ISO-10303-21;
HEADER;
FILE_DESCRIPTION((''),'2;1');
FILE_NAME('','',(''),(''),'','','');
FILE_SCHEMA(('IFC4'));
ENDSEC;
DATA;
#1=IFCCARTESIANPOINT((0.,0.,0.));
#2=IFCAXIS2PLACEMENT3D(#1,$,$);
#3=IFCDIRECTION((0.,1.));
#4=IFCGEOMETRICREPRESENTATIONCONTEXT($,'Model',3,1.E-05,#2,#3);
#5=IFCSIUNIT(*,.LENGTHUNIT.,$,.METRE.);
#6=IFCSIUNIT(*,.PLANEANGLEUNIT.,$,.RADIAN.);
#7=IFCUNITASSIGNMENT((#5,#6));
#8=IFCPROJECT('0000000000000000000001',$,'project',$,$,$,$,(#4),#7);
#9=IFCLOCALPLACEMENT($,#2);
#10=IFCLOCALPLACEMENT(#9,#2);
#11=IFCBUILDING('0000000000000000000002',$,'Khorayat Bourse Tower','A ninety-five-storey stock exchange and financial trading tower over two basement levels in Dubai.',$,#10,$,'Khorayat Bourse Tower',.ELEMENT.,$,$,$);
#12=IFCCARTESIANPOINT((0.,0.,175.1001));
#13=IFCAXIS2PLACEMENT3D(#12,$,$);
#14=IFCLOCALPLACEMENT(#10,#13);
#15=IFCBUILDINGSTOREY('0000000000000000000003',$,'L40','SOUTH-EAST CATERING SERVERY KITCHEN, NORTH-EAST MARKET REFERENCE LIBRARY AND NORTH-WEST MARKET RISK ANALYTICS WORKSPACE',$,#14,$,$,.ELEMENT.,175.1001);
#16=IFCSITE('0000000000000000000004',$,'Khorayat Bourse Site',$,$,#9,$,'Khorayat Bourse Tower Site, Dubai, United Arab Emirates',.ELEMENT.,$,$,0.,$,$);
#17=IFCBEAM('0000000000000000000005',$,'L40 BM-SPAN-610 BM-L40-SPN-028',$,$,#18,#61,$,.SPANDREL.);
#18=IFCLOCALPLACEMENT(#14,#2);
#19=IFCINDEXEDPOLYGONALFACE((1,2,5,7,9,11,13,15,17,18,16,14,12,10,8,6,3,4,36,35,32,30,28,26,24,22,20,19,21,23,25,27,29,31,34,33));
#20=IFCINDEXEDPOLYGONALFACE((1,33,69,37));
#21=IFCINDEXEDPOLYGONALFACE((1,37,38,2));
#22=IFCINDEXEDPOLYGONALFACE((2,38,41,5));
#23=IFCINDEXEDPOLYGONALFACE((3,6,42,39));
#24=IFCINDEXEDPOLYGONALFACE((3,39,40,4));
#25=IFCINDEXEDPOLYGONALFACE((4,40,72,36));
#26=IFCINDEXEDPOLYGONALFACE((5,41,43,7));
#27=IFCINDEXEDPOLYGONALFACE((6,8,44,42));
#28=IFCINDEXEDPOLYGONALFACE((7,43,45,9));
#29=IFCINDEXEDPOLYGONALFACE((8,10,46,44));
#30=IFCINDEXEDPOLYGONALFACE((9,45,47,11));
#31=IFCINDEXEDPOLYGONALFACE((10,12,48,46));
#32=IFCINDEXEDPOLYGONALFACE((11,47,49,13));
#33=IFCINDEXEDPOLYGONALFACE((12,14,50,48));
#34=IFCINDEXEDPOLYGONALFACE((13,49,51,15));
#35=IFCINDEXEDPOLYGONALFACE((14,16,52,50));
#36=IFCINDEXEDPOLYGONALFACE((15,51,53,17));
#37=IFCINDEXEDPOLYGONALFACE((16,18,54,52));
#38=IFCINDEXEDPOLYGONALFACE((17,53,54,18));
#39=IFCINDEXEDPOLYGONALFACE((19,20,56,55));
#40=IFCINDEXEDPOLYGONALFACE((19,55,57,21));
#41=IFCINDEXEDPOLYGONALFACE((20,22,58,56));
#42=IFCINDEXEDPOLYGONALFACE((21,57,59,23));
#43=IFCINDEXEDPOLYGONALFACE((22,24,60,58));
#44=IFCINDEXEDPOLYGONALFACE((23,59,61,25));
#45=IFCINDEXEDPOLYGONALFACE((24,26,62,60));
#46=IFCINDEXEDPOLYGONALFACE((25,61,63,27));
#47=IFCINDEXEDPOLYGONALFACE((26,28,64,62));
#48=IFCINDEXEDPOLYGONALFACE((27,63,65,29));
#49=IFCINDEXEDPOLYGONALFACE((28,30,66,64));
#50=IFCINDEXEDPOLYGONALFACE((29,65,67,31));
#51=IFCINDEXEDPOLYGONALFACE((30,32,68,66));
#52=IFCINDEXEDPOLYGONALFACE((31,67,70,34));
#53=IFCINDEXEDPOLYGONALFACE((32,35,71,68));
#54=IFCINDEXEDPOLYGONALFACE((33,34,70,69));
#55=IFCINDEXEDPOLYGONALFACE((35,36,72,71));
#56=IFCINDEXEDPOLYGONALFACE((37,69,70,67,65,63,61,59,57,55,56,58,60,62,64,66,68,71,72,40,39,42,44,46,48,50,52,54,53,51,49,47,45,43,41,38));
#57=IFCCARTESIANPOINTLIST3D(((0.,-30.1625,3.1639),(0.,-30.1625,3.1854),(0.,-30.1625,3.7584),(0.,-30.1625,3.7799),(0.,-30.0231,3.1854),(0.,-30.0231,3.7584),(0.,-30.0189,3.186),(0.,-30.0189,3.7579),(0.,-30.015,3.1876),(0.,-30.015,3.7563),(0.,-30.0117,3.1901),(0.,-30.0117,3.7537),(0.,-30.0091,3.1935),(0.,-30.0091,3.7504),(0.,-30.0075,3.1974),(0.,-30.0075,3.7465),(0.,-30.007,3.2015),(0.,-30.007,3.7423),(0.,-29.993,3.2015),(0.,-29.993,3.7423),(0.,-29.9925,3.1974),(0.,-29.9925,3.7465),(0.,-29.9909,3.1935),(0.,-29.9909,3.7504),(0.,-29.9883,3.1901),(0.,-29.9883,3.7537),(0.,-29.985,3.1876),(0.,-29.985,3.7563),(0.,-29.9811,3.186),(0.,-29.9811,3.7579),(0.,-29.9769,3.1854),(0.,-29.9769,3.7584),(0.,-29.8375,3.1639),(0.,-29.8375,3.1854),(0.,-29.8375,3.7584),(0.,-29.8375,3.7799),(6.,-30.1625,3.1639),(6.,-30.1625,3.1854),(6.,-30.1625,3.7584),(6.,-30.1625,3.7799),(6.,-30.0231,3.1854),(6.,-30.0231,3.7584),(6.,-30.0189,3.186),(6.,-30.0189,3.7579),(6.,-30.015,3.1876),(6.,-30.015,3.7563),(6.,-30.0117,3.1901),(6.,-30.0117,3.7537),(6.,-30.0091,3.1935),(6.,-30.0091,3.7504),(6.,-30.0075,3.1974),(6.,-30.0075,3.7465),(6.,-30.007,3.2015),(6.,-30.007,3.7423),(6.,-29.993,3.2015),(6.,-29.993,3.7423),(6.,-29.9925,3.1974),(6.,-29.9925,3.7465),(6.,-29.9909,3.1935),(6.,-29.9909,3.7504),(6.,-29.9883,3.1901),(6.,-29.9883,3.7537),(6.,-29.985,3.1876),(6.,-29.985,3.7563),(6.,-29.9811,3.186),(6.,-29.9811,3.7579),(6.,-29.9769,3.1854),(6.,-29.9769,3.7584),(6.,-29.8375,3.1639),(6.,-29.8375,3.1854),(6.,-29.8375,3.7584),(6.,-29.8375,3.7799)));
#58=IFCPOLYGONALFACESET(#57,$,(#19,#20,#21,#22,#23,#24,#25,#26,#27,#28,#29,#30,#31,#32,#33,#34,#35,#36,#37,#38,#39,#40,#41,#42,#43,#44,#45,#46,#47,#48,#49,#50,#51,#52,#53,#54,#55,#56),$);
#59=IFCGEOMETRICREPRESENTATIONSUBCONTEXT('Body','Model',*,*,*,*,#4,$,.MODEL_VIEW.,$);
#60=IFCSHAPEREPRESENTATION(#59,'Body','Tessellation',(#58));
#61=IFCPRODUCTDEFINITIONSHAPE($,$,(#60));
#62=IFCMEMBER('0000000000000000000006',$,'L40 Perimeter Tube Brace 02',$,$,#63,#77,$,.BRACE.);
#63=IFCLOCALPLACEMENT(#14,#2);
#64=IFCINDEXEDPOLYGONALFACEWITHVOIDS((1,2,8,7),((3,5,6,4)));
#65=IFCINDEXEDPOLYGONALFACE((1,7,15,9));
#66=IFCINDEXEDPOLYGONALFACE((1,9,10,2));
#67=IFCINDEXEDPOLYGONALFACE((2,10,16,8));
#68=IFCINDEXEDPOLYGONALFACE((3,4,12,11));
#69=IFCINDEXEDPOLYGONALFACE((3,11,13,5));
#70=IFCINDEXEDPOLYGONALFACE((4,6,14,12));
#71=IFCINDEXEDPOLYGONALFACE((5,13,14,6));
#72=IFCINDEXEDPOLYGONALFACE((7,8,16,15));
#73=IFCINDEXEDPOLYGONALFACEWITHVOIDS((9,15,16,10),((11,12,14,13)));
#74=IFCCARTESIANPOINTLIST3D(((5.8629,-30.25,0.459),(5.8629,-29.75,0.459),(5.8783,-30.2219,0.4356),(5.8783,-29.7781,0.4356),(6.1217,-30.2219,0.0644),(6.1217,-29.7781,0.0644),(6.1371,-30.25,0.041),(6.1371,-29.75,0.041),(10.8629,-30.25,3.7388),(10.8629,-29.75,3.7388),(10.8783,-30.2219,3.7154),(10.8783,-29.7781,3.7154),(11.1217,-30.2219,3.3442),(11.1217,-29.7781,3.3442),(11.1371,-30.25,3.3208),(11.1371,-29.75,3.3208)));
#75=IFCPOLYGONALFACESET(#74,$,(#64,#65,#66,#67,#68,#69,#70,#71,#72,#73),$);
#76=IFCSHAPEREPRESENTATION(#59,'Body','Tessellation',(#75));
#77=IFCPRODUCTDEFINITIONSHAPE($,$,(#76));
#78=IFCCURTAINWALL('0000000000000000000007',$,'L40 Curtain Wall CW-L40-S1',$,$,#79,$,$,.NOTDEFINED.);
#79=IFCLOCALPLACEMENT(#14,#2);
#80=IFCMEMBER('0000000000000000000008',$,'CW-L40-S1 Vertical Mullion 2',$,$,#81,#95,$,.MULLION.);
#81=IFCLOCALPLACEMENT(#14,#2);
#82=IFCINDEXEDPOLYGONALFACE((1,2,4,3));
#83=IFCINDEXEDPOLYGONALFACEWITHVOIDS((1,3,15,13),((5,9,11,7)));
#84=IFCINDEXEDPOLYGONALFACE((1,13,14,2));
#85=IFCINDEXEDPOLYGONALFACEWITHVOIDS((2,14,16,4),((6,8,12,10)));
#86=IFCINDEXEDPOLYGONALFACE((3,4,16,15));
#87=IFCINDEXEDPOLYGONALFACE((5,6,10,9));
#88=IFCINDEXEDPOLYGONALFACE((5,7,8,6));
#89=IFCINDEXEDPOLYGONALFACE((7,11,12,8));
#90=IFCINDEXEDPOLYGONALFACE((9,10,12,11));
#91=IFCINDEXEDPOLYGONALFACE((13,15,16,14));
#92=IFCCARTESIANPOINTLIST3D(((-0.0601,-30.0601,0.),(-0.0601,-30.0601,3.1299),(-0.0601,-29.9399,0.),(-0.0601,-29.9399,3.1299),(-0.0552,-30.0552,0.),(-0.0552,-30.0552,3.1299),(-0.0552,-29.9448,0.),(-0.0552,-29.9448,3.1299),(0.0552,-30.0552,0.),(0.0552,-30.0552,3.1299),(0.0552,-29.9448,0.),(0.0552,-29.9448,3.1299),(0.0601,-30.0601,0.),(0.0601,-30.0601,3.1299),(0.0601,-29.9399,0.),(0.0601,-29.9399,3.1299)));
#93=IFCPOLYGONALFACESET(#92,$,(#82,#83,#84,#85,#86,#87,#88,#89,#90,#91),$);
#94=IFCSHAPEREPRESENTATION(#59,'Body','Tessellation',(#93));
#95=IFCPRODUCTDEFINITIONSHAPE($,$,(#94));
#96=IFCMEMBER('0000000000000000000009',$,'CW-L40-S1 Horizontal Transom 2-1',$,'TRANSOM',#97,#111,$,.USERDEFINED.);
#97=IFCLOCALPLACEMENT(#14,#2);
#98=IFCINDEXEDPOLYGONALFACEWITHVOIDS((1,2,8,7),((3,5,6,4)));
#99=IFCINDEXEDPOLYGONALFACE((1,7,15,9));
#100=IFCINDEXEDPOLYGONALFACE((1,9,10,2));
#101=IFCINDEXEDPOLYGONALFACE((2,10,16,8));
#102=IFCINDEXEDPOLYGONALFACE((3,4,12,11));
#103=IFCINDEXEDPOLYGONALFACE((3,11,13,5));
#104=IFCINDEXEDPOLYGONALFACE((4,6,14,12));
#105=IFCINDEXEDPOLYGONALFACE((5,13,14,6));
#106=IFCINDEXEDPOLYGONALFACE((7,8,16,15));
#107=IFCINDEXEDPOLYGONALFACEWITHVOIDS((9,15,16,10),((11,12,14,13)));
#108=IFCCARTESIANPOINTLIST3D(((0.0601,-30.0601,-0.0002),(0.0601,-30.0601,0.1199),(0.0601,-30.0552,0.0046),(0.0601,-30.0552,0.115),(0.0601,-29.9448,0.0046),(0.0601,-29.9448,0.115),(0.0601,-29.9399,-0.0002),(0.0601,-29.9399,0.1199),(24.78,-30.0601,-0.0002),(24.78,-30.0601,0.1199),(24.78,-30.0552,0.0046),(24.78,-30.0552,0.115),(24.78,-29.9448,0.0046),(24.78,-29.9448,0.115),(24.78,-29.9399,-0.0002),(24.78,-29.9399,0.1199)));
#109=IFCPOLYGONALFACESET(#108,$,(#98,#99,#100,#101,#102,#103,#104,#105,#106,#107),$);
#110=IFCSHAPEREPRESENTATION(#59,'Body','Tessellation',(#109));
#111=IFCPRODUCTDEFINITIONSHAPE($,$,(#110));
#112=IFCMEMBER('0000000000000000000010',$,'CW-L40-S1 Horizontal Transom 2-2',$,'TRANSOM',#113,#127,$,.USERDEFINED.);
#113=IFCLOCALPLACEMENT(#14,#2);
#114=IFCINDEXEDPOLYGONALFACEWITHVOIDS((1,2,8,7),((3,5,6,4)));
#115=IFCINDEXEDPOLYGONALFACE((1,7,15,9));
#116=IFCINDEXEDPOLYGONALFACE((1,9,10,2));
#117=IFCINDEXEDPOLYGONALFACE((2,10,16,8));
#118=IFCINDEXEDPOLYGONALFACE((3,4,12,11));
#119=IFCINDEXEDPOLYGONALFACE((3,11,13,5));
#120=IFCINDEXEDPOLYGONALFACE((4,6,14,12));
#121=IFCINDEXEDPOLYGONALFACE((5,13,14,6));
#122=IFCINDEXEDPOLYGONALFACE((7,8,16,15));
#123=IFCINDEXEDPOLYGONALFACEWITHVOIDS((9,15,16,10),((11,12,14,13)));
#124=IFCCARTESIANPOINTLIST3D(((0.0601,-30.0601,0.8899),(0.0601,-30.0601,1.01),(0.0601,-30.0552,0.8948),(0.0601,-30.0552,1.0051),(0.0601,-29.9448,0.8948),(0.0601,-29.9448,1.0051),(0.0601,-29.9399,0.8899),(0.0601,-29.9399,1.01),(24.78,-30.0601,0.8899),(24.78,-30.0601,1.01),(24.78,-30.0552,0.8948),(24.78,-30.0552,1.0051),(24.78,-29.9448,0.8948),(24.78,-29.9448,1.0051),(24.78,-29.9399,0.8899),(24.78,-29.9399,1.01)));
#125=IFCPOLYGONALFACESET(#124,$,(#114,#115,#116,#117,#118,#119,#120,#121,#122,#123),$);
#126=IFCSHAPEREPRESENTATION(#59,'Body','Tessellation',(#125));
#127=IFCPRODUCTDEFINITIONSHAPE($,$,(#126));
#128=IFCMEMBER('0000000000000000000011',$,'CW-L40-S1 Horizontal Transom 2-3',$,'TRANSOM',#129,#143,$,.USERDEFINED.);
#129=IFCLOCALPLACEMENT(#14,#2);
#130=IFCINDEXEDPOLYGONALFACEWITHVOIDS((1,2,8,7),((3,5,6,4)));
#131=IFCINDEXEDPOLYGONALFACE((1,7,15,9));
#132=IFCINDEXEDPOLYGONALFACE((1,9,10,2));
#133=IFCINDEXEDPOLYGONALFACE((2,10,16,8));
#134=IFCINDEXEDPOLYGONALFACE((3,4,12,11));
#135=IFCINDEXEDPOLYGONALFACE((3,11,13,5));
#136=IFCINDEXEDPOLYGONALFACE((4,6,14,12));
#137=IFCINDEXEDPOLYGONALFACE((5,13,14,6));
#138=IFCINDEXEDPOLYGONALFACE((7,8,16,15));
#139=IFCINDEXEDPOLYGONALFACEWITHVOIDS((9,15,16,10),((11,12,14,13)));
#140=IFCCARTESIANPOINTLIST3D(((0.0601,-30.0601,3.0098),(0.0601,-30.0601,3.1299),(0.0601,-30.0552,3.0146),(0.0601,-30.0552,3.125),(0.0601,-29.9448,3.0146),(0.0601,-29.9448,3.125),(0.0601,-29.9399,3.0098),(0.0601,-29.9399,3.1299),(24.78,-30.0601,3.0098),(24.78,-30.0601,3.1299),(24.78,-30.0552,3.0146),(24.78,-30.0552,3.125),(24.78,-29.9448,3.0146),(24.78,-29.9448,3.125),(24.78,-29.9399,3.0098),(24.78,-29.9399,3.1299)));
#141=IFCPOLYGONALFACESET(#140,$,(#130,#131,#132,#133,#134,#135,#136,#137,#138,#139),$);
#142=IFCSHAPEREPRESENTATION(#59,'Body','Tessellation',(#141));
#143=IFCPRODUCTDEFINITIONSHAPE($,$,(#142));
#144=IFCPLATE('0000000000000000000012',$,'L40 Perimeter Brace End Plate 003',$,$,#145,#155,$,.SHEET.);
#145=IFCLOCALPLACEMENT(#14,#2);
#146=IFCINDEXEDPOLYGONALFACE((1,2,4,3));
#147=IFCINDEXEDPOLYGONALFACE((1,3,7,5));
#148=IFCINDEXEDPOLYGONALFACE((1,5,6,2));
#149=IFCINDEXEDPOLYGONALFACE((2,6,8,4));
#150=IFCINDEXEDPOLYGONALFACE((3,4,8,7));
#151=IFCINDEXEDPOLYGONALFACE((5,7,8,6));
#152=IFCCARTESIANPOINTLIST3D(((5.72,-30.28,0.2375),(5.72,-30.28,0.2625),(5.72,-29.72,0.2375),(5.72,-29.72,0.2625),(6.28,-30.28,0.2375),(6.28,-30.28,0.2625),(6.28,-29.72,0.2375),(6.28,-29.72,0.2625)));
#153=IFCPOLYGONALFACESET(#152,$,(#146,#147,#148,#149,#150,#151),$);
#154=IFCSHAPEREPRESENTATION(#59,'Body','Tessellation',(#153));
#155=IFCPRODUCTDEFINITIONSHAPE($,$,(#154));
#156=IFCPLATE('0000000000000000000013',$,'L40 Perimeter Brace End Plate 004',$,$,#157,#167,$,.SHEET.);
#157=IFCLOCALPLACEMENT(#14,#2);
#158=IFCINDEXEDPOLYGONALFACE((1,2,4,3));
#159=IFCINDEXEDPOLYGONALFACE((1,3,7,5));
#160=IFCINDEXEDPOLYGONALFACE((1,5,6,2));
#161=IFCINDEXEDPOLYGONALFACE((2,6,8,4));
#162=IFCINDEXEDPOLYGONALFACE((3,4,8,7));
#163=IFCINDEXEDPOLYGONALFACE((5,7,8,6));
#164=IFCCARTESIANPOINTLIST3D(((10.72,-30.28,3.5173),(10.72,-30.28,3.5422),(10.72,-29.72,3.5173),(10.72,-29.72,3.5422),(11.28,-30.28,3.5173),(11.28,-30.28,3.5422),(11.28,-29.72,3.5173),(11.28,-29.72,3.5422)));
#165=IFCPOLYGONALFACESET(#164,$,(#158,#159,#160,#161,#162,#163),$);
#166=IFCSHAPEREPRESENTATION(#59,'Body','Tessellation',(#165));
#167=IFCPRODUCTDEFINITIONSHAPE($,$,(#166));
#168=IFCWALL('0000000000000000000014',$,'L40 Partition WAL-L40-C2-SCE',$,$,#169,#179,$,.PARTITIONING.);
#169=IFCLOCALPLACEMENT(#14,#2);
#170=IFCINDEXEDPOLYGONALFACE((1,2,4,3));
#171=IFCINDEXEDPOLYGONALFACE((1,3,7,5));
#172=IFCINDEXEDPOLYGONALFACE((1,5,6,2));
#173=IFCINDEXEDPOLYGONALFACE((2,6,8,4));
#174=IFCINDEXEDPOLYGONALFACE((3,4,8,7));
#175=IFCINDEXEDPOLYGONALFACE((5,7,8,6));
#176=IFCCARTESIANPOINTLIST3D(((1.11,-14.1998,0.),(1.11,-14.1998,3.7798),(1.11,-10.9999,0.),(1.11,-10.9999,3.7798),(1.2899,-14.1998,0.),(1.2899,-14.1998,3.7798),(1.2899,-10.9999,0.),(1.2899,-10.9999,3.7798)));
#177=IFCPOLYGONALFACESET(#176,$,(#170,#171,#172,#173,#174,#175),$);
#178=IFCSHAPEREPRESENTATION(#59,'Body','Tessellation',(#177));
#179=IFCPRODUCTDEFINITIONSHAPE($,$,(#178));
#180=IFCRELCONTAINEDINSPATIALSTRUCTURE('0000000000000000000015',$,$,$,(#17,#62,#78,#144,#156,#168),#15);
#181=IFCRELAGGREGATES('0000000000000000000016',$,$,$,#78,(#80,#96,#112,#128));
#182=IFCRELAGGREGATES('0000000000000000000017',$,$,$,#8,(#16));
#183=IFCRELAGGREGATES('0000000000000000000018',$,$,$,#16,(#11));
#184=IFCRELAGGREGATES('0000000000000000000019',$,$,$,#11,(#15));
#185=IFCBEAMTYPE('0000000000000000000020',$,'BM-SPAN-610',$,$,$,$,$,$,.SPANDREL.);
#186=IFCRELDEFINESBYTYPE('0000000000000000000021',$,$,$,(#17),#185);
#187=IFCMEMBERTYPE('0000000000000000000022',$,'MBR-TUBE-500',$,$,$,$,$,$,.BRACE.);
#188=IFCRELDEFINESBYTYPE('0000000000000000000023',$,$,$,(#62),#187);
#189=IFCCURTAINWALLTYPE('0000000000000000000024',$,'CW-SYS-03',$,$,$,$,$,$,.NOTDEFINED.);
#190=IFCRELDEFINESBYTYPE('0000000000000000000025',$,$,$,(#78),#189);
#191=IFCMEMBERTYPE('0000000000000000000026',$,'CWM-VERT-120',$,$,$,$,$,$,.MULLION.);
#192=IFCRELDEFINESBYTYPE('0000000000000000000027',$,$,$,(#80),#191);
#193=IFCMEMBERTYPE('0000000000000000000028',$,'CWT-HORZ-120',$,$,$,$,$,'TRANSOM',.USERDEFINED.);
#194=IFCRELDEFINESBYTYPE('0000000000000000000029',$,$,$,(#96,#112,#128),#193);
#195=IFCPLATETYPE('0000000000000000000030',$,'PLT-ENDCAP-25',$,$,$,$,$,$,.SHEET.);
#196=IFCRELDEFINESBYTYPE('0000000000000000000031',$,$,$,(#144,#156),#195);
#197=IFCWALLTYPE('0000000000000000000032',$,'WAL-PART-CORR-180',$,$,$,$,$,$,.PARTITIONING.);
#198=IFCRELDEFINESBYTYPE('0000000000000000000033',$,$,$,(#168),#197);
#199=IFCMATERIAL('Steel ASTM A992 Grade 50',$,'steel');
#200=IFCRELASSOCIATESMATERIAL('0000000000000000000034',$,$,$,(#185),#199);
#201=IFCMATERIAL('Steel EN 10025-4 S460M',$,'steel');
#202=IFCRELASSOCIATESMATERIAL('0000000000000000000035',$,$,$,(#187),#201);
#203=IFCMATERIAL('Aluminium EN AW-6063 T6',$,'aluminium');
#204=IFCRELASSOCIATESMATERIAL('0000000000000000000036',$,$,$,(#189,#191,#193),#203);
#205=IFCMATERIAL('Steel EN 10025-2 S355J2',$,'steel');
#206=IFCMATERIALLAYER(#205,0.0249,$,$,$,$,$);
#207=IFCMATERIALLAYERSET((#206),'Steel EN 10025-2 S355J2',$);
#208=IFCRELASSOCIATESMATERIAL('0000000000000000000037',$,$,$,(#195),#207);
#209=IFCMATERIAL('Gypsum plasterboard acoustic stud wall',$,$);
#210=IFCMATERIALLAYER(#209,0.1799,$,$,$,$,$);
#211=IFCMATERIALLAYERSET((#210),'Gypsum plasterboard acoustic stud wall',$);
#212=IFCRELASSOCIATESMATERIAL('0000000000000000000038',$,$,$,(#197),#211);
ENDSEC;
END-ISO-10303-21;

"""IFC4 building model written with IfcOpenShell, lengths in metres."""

from ifc_helpers import new_model, si_unit, direction, frame, frame_2d, origin, origin_2d, place, context, subcontext, project, spatial, rectangle, hollow_rectangle, i_section, extrude, source, transform, mapped, material, layer, layer_set, material_profile, profile_set, type_object, element, aggregate, save


model = new_model("IFC4")

# Units and contexts
model_context = context("Model", 3, precision=1e-05, world=origin(), true_north=direction((0.0, 1.0)))
body_context = subcontext(model_context, "Body", "Model", "MODEL_VIEW")
ifc_project = project(units=[si_unit("LENGTHUNIT", "METRE"), si_unit("PLANEANGLEUNIT", "RADIAN")], contexts=[model_context])

# Site, building, storey
site_placement = place(None, origin())
site = spatial("IfcSite", under=ifc_project, at=site_placement, Name="Khorayat Bourse Site", LongName="Khorayat Bourse Tower Site, Dubai, United Arab Emirates", CompositionType="ELEMENT", RefElevation=0.0)
building_placement = place(site_placement, origin())
building = spatial("IfcBuilding", under=site, at=building_placement, Name="Khorayat Bourse Tower", Description="A ninety-five-storey stock exchange and financial trading tower over two basement levels in Dubai.", LongName="Khorayat Bourse Tower", CompositionType="ELEMENT")
storey_placement = place(building_placement, frame((0.0, 0.0, 175.1001)))
storey = spatial("IfcBuildingStorey", under=building, at=storey_placement, Name="L40", Description="SOUTH-EAST CATERING SERVERY KITCHEN, NORTH-EAST MARKET REFERENCE LIBRARY AND NORTH-WEST MARKET RISK ANALYTICS WORKSPACE", CompositionType="ELEMENT", Elevation=175.1001)

# Shared definitions
ifc_material_1 = material(Name="Steel EN 10025-4 S460M", Category="steel")

# Beam
ifc_material_2 = material(Name="Steel ASTM A992 Grade 50", Category="steel")
ifc_material_profile_1 = material_profile(ifc_material_2, i_section(OverallWidth=0.325, OverallDepth=0.616, WebThickness=0.0139, FlangeThickness=0.0215, FilletRadius=0.0161, at=origin_2d()), Name="W610X174")
ifc_profile_set_1 = profile_set([ifc_material_profile_1], Name="Steel ASTM A992 Grade 50")
beam_type_1 = type_object("IfcBeamType", Name="BM-SPAN-610", PredefinedType="SPANDREL", material=ifc_profile_set_1)
shared_shape_1 = source(origin(), body_context, "Body", "SweptSolid", [
    extrude(i_section(OverallWidth=0.325, OverallDepth=0.616, WebThickness=0.0139, FlangeThickness=0.0215, FilletRadius=0.0161, at=origin_2d()), origin(), (0.0, 0.0, 1.0), 6.0),
])
beam_1_placement = place(storey_placement, frame((0.0, -30.0, 3.4719), z_axis=(1.0, 0.0, 0.0), x_axis=(0.0, 1.0, 0.0)))
element("IfcBeam", 1, at=beam_1_placement, inside=storey, type_object=beam_type_1, Name="L40 BM-SPAN-610 BM-L40-SPN-028", PredefinedType="SPANDREL", context=body_context, shape_type="MappedRepresentation", body=[
    mapped(shared_shape_1, transform((0.0, 0.0, 0.0), scale=1.0)),
])

# Member
ifc_material_profile_2 = material_profile(ifc_material_1, hollow_rectangle(XDim=0.5, YDim=0.5, WallThickness=0.0281, at=origin_2d()), Name="HSS 500x500x28")
ifc_profile_set_2 = profile_set([ifc_material_profile_2], Name="Steel EN 10025-4 S460M")
member_type_1 = type_object("IfcMemberType", Name="MBR-TUBE-500", PredefinedType="BRACE", material=ifc_profile_set_2)
shared_shape_2 = source(origin(), body_context, "Body", "SweptSolid", [
    extrude(hollow_rectangle(XDim=0.5, YDim=0.5, WallThickness=0.0281, at=origin_2d()), origin(), (0.0, 0.0, 1.0), 5.9797),
])
member_1_placement = place(storey_placement, frame((6.0, -30.0, 0.25), z_axis=(0.83616, 0.0, 0.548485), x_axis=(0.0, 1.0, 0.0)))
element("IfcMember", 2, at=member_1_placement, inside=storey, type_object=member_type_1, Name="L40 Perimeter Tube Brace 02", PredefinedType="BRACE", context=body_context, shape_type="MappedRepresentation", body=[
    mapped(shared_shape_2, transform((0.0, 0.0, 0.0), scale=1.0)),
])

# Curtain wall, members
ifc_material_3 = material(Name="Aluminium EN AW-6063 T6", Category="aluminium")
curtain_wall_type = type_object("IfcCurtainWallType", Name="CW-SYS-03", PredefinedType="NOTDEFINED", material=ifc_material_3)
curtain_wall_placement = place(storey_placement, origin())
curtain_wall = element("IfcCurtainWall", 3, at=curtain_wall_placement, inside=storey, type_object=curtain_wall_type, Name="L40 Curtain Wall CW-L40-S1", PredefinedType="NOTDEFINED")
ifc_material_profile_3 = material_profile(ifc_material_3, hollow_rectangle(XDim=0.1201, YDim=0.1201, WallThickness=0.0049, at=origin_2d()), Name="ALU 120x120x5")
ifc_profile_set_3 = profile_set([ifc_material_profile_3], Name="Aluminium EN AW-6063 T6")
member_type_2 = type_object("IfcMemberType", Name="CWM-VERT-120", PredefinedType="MULLION", material=ifc_profile_set_3)
shared_shape_3 = source(origin(), body_context, "Body", "SweptSolid", [
    extrude(hollow_rectangle(XDim=0.1201, YDim=0.1201, WallThickness=0.0049, at=origin_2d()), origin(), (0.0, 0.0, 1.0), 3.1299),
])
member_2_placement = place(storey_placement, frame((0.0, -30.0, 0.0), z_axis=(0.0, 0.0, 1.0), x_axis=(0.0, 1.0, 0.0)))
member_2 = element("IfcMember", 4, at=member_2_placement, type_object=member_type_2, Name="CW-L40-S1 Vertical Mullion 2", PredefinedType="MULLION", context=body_context, shape_type="MappedRepresentation", body=[
    mapped(shared_shape_3, transform((0.0, 0.0, 0.0), scale=1.0)),
])
ifc_material_profile_4 = material_profile(ifc_material_3, hollow_rectangle(XDim=0.1201, YDim=0.1201, WallThickness=0.0049, at=origin_2d()), Name="ALU 120x120x5")
ifc_profile_set_4 = profile_set([ifc_material_profile_4], Name="Aluminium EN AW-6063 T6")
member_type_3 = type_object("IfcMemberType", Name="CWT-HORZ-120", ElementType="TRANSOM", PredefinedType="USERDEFINED", material=ifc_profile_set_4)
shared_shape_4 = source(origin(), body_context, "Body", "SweptSolid", [
    extrude(hollow_rectangle(XDim=0.1201, YDim=0.1201, WallThickness=0.0049, at=origin_2d()), origin(), (0.0, 0.0, 1.0), 24.72),
])
member_3_placement = place(storey_placement, frame((0.0601, -30.0, 0.0598), z_axis=(1.0, 0.0, 0.0), x_axis=(0.0, 1.0, 0.0)))
member_3 = element("IfcMember", 5, at=member_3_placement, type_object=member_type_3, Name="CW-L40-S1 Horizontal Transom 2-1", ObjectType="TRANSOM", PredefinedType="USERDEFINED", context=body_context, shape_type="MappedRepresentation", body=[
    mapped(shared_shape_4, transform((0.0, 0.0, 0.0), scale=1.0)),
])
member_4_placement = place(storey_placement, frame((0.0601, -30.0, 0.95), z_axis=(1.0, 0.0, 0.0), x_axis=(0.0, 1.0, 0.0)))
member_4 = element("IfcMember", 6, at=member_4_placement, type_object=member_type_3, Name="CW-L40-S1 Horizontal Transom 2-2", ObjectType="TRANSOM", PredefinedType="USERDEFINED", context=body_context, shape_type="MappedRepresentation", body=[
    mapped(shared_shape_4, transform((0.0, 0.0, 0.0), scale=1.0)),
])
member_5_placement = place(storey_placement, frame((0.0601, -30.0, 3.0698), z_axis=(1.0, 0.0, 0.0), x_axis=(0.0, 1.0, 0.0)))
member_5 = element("IfcMember", 7, at=member_5_placement, type_object=member_type_3, Name="CW-L40-S1 Horizontal Transom 2-3", ObjectType="TRANSOM", PredefinedType="USERDEFINED", context=body_context, shape_type="MappedRepresentation", body=[
    mapped(shared_shape_4, transform((0.0, 0.0, 0.0), scale=1.0)),
])
aggregate(curtain_wall, [member_2, member_3, member_4, member_5])

# Plates
ifc_material_4 = material(Name="Steel EN 10025-2 S355J2", Category="steel")
ifc_layer_1 = layer(ifc_material_4, 0.0249)
ifc_layer_set_1 = layer_set([ifc_layer_1], Name="Steel EN 10025-2 S355J2")
plate_type = type_object("IfcPlateType", Name="PLT-ENDCAP-25", PredefinedType="SHEET", material=ifc_layer_set_1)
shared_shape_5 = source(origin(), body_context, "Body", "SweptSolid", [
    extrude(rectangle(XDim=0.5601, YDim=0.5601, at=origin_2d()), origin(), (0.0, 0.0, 1.0), 0.0249),
])
for number, where, z_axis, x_axis, name in (
    (8, (6.0, -30.0, 0.2375), (0.0, 0.0, 1.0), (1.0, 0.0, 0.0), "L40 Perimeter Brace End Plate 003"),
    (9, (11.0, -30.0, 3.5173), (0.0, 0.0, 1.0), (1.0, 0.0, 0.0), "L40 Perimeter Brace End Plate 004"),
):
    element("IfcPlate", number, at=place(storey_placement, frame(where, z_axis=z_axis, x_axis=x_axis)), inside=storey, type_object=plate_type, Name=name, PredefinedType="SHEET", context=body_context, shape_type="MappedRepresentation", body=[
        mapped(shared_shape_5, transform((0.0, 0.0, 0.0), scale=1.0)),
    ])

# Wall
ifc_material_5 = material(Name="Gypsum plasterboard acoustic stud wall")
ifc_layer_2 = layer(ifc_material_5, 0.1799)
ifc_layer_set_2 = layer_set([ifc_layer_2], Name="Gypsum plasterboard acoustic stud wall")
wall_type = type_object("IfcWallType", Name="WAL-PART-CORR-180", PredefinedType="PARTITIONING", material=ifc_layer_set_2)
shared_shape_6 = source(origin(), body_context, "Body", "SweptSolid", [
    extrude(rectangle(XDim=3.2, YDim=0.1799, at=frame_2d((1.6001, 0.0))), origin(), (0.0, 0.0, 1.0), 3.7798),
])
wall_1_placement = place(storey_placement, frame((1.2, -14.2, 0.0), z_axis=(0.0, 0.0, 1.0), x_axis=(0.0, 1.0, 0.0)))
element("IfcWall", 10, at=wall_1_placement, inside=storey, type_object=wall_type, Name="L40 Partition WAL-L40-C2-SCE", PredefinedType="PARTITIONING", context=body_context, shape_type="MappedRepresentation", body=[
    mapped(shared_shape_6, transform((0.0, 0.0, 0.0), scale=1.0)),
])

save(model, "model.ifc")
